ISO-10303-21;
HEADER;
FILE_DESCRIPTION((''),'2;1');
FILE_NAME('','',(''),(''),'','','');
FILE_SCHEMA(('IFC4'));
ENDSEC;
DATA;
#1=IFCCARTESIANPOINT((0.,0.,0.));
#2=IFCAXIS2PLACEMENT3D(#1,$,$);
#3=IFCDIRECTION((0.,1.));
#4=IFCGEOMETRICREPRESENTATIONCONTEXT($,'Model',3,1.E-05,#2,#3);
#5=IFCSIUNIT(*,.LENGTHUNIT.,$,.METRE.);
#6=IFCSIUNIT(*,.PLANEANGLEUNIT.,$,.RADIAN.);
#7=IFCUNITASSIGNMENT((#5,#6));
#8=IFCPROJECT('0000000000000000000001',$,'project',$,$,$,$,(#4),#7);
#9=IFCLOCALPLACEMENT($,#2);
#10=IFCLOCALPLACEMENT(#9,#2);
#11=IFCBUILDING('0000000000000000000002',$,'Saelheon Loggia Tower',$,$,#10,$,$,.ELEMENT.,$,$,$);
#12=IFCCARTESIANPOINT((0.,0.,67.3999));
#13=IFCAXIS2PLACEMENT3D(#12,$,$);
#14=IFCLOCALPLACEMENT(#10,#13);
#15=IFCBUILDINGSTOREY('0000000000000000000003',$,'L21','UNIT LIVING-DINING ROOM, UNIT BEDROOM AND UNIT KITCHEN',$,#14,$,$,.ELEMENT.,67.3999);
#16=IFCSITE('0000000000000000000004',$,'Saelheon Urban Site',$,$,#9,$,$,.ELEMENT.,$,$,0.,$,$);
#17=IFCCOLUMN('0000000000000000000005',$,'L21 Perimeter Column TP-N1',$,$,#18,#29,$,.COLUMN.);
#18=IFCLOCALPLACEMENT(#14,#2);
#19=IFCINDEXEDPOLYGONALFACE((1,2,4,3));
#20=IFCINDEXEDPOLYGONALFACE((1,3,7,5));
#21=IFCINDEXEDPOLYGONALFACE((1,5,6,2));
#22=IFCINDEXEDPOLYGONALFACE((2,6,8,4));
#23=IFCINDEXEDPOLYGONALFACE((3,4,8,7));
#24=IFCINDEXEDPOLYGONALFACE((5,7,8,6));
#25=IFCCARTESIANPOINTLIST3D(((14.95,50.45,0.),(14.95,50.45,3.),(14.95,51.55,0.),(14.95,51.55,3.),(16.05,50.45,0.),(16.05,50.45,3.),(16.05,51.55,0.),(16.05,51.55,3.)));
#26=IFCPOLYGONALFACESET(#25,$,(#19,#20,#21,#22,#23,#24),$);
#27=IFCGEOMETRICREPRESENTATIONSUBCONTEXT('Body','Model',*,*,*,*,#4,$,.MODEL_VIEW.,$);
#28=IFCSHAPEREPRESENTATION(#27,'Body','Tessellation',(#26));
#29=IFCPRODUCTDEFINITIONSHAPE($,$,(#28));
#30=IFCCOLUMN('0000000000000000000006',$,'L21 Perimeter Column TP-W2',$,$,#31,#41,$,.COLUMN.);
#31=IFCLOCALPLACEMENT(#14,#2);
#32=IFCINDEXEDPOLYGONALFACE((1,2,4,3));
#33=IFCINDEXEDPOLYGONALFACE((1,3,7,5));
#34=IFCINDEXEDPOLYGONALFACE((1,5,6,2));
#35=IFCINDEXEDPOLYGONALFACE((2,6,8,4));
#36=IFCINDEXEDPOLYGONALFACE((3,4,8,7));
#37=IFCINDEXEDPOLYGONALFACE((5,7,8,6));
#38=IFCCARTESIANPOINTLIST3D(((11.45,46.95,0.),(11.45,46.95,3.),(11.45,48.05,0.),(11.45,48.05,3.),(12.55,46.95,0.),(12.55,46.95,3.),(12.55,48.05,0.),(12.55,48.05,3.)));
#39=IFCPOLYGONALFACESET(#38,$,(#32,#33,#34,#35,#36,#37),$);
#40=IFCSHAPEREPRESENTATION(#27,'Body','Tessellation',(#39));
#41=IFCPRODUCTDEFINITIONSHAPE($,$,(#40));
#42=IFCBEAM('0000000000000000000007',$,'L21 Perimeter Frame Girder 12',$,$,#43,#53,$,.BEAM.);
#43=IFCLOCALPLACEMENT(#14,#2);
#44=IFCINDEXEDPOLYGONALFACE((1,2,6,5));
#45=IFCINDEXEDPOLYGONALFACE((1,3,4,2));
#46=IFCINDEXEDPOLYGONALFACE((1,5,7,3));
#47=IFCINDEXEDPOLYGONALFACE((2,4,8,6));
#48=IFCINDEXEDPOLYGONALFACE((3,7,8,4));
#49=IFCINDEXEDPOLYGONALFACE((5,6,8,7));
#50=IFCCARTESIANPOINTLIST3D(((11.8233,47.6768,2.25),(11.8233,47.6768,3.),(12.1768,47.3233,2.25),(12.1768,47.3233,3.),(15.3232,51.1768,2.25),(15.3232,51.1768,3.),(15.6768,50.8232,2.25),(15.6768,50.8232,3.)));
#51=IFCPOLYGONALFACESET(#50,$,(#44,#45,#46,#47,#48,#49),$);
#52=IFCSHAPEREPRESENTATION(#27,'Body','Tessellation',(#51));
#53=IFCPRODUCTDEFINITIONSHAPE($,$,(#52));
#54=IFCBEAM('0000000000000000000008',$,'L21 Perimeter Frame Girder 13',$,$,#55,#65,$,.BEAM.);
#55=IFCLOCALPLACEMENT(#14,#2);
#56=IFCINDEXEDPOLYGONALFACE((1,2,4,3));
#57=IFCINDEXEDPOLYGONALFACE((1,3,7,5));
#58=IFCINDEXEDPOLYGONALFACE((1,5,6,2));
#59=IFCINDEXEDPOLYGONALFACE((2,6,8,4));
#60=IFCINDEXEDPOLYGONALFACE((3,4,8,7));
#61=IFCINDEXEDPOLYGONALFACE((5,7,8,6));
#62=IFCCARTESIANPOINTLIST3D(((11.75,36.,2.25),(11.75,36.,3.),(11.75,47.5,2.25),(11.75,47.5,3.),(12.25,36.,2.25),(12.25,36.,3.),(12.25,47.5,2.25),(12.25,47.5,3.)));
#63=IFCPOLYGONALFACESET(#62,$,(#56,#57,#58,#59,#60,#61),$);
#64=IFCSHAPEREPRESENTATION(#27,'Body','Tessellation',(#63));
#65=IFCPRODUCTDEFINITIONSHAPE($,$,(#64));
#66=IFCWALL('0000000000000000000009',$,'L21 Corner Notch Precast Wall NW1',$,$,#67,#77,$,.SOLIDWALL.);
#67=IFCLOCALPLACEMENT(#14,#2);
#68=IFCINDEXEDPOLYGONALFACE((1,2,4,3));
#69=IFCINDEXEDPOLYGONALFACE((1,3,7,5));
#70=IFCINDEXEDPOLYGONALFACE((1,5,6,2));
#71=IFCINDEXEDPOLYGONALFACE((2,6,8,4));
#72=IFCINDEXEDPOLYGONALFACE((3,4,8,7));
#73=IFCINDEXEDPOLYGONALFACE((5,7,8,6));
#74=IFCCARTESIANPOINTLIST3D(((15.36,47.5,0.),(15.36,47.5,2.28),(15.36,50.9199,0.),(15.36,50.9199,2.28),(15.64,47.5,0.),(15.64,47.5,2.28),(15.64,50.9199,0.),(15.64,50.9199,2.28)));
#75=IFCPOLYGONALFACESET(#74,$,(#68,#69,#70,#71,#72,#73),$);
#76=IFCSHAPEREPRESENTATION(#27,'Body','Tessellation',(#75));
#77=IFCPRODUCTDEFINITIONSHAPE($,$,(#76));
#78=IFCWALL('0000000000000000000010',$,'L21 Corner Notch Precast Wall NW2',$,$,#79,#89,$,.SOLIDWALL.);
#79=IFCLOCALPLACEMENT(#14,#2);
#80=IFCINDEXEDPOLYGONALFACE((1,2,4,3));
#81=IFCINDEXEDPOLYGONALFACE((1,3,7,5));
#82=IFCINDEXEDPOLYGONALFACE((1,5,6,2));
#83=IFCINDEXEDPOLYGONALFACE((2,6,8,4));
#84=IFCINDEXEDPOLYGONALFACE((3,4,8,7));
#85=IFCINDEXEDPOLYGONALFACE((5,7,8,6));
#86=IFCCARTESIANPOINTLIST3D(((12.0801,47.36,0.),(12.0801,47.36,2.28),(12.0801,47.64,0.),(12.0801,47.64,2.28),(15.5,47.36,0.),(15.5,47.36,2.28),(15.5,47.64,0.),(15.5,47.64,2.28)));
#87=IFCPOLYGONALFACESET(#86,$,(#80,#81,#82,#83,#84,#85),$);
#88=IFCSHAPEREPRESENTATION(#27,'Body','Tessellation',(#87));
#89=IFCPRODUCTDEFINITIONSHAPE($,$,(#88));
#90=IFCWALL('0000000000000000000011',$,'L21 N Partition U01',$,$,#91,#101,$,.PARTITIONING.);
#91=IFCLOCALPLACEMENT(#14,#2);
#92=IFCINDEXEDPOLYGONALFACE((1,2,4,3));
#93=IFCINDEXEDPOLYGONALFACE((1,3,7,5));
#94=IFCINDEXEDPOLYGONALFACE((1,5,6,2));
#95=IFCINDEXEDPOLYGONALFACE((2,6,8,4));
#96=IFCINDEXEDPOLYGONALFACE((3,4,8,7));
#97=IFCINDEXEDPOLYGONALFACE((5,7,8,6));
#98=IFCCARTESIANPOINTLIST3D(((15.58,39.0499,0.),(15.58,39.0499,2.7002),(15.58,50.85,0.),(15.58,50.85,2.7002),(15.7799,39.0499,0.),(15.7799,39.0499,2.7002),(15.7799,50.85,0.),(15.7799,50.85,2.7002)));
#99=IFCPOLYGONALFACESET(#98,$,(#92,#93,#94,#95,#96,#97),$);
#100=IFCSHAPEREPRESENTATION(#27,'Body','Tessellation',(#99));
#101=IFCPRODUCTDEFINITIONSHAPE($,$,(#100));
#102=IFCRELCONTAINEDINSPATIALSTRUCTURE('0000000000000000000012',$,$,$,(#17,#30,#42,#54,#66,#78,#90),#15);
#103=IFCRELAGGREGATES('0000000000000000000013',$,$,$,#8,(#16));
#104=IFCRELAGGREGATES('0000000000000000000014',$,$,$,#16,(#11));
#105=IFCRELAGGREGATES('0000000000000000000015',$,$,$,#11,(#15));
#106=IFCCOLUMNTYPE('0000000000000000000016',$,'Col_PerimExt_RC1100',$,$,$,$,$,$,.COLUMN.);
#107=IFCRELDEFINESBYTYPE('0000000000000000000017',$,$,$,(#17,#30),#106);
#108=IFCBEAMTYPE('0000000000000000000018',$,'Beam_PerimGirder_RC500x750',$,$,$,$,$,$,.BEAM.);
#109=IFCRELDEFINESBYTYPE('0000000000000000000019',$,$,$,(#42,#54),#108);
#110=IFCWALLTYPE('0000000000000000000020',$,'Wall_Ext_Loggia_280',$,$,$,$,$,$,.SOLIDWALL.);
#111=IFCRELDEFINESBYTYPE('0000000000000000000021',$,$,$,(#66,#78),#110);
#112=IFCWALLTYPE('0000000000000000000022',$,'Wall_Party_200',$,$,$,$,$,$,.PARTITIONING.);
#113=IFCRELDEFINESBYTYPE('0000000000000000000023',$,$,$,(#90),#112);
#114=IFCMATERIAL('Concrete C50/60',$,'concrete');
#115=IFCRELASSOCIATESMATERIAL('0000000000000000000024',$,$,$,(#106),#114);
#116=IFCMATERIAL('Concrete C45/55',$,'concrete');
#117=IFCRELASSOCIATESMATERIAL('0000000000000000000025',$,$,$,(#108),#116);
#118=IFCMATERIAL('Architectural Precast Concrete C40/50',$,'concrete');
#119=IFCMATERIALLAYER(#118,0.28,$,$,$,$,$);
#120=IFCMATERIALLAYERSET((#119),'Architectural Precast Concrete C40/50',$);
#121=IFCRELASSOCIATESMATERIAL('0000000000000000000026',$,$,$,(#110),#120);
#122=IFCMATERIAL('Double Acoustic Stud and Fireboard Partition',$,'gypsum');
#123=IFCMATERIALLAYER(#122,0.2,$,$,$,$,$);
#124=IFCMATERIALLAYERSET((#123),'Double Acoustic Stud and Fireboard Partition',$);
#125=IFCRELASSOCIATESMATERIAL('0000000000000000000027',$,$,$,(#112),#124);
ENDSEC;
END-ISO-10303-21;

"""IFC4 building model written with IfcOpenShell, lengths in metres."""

from ifc_helpers import new_model, si_unit, direction, frame, frame_2d, origin, origin_2d, place, context, subcontext, project, spatial, rectangle, extrude, source, transform, mapped, material, layer, layer_set, material_profile, profile_set, type_object, element, save


model = new_model("IFC4")

# Units and contexts
model_context = context("Model", 3, precision=1e-05, world=origin(), true_north=direction((0.0, 1.0)))
body_context = subcontext(model_context, "Body", "Model", "MODEL_VIEW")
ifc_project = project(units=[si_unit("LENGTHUNIT", "METRE"), si_unit("PLANEANGLEUNIT", "RADIAN")], contexts=[model_context])

# Site, building, storey
site_placement = place(None, origin())
site = spatial("IfcSite", under=ifc_project, at=site_placement, Name="Saelheon Urban Site", CompositionType="ELEMENT", RefElevation=0.0)
building_placement = place(site_placement, origin())
building = spatial("IfcBuilding", under=site, at=building_placement, Name="Saelheon Loggia Tower", CompositionType="ELEMENT")
storey_placement = place(building_placement, frame((0.0, 0.0, 67.3999)))
storey = spatial("IfcBuildingStorey", under=building, at=storey_placement, Name="L21", Description="UNIT LIVING-DINING ROOM, UNIT BEDROOM AND UNIT KITCHEN", CompositionType="ELEMENT", Elevation=67.3999)

# Columns
ifc_material_1 = material(Name="Concrete C50/60", Category="concrete")
ifc_material_profile_1 = material_profile(ifc_material_1, rectangle(XDim=1.1001, YDim=1.1001, at=origin_2d()), Name="RC-1100x1100")
ifc_profile_set_1 = profile_set([ifc_material_profile_1], Name="Concrete C50/60")
column_type = type_object("IfcColumnType", Name="Col_PerimExt_RC1100", PredefinedType="COLUMN", material=ifc_profile_set_1)
shared_shape_1 = source(origin(), body_context, "Body", "SweptSolid", [
    extrude(rectangle(XDim=1.1001, YDim=1.1001, at=origin_2d()), origin(), (0.0, 0.0, 1.0), 3.0),
])
for number, where, z_axis, x_axis, name in (
    (1, (15.5, 51.0, 0.0), (0.0, 0.0, 1.0), (1.0, 0.0, 0.0), "L21 Perimeter Column TP-N1"),
    (2, (12.0, 47.5, 0.0), (0.0, 0.0, 1.0), (1.0, 0.0, 0.0), "L21 Perimeter Column TP-W2"),
):
    element("IfcColumn", number, at=place(storey_placement, frame(where, z_axis=z_axis, x_axis=x_axis)), inside=storey, type_object=column_type, Name=name, PredefinedType="COLUMN", context=body_context, shape_type="MappedRepresentation", body=[
        mapped(shared_shape_1, transform((0.0, 0.0, 0.0), scale=1.0)),
    ])

# Beams
ifc_material_2 = material(Name="Concrete C45/55", Category="concrete")
ifc_material_profile_2 = material_profile(ifc_material_2, rectangle(XDim=0.5, YDim=0.75, at=origin_2d()), Name="RC-500x750")
ifc_profile_set_2 = profile_set([ifc_material_profile_2], Name="Concrete C45/55")
beam_type = type_object("IfcBeamType", Name="Beam_PerimGirder_RC500x750", PredefinedType="BEAM", material=ifc_profile_set_2)
shared_shape_2 = source(origin(), body_context, "Body", "SweptSolid", [
    extrude(rectangle(XDim=0.5, YDim=0.75, at=origin_2d()), origin(), (0.0, 0.0, 1.0), 4.9497),
])
beam_1_placement = place(storey_placement, frame((15.5, 51.0, 2.625), z_axis=(-0.707107, -0.707107, 0.0), x_axis=(0.707107, -0.707107, 0.0)))
element("IfcBeam", 3, at=beam_1_placement, inside=storey, type_object=beam_type, Name="L21 Perimeter Frame Girder 12", PredefinedType="BEAM", context=body_context, shape_type="MappedRepresentation", body=[
    mapped(shared_shape_2, transform((0.0, 0.0, 0.0), scale=1.0)),
])
shared_shape_3 = source(origin(), body_context, "Body", "SweptSolid", [
    extrude(rectangle(XDim=0.5, YDim=0.75, at=origin_2d()), origin(), (0.0, 0.0, 1.0), 11.5),
])
beam_2_placement = place(storey_placement, frame((12.0, 47.5, 2.625), z_axis=(0.0, -1.0, 0.0), x_axis=(1.0, 0.0, 0.0)))
element("IfcBeam", 4, at=beam_2_placement, inside=storey, type_object=beam_type, Name="L21 Perimeter Frame Girder 13", PredefinedType="BEAM", context=body_context, shape_type="MappedRepresentation", body=[
    mapped(shared_shape_3, transform((0.0, 0.0, 0.0), scale=1.0)),
])

# Shared definitions
ifc_material_3 = material(Name="Architectural Precast Concrete C40/50", Category="concrete")
ifc_layer_1 = layer(ifc_material_3, 0.28)
ifc_layer_set_1 = layer_set([ifc_layer_1], Name="Architectural Precast Concrete C40/50")
wall_type_1 = type_object("IfcWallType", Name="Wall_Ext_Loggia_280", PredefinedType="SOLIDWALL", material=ifc_layer_set_1)

# Walls
for number, where, z_axis, x_axis, name in (
    (5, (15.5, 47.5, 0.0), (0.0, 0.0, 1.0), (0.0, 1.0, 0.0), "L21 Corner Notch Precast Wall NW1"),
    (6, (12.0801, 47.5, 0.0), (0.0, 0.0, 1.0), (1.0, 0.0, 0.0), "L21 Corner Notch Precast Wall NW2"),
):
    element("IfcWall", number, at=place(storey_placement, frame(where, z_axis=z_axis, x_axis=x_axis)), inside=storey, type_object=wall_type_1, Name=name, PredefinedType="SOLIDWALL", context=body_context, shape_type="SweptSolid", body=[
        extrude(rectangle(XDim=3.4199, YDim=0.28, at=frame_2d((1.71, 0.0))), origin(), (0.0, 0.0, 1.0), 2.28),
    ])
ifc_material_4 = material(Name="Double Acoustic Stud and Fireboard Partition", Category="gypsum")
ifc_layer_2 = layer(ifc_material_4, 0.2)
ifc_layer_set_2 = layer_set([ifc_layer_2], Name="Double Acoustic Stud and Fireboard Partition")
wall_type_2 = type_object("IfcWallType", Name="Wall_Party_200", PredefinedType="PARTITIONING", material=ifc_layer_set_2)
wall_1_placement = place(storey_placement, frame((15.6799, 39.05, 0.0), z_axis=(0.0, 0.0, 1.0), x_axis=(0.0, 1.0, 0.0)))
element("IfcWall", 7, at=wall_1_placement, inside=storey, type_object=wall_type_2, Name="L21 N Partition U01", PredefinedType="PARTITIONING", context=body_context, shape_type="SweptSolid", body=[
    extrude(rectangle(XDim=11.8, YDim=0.2, at=frame_2d((5.8999, 0.0))), origin(), (0.0, 0.0, 1.0), 2.7002),
])

save(model, "model.ifc")
